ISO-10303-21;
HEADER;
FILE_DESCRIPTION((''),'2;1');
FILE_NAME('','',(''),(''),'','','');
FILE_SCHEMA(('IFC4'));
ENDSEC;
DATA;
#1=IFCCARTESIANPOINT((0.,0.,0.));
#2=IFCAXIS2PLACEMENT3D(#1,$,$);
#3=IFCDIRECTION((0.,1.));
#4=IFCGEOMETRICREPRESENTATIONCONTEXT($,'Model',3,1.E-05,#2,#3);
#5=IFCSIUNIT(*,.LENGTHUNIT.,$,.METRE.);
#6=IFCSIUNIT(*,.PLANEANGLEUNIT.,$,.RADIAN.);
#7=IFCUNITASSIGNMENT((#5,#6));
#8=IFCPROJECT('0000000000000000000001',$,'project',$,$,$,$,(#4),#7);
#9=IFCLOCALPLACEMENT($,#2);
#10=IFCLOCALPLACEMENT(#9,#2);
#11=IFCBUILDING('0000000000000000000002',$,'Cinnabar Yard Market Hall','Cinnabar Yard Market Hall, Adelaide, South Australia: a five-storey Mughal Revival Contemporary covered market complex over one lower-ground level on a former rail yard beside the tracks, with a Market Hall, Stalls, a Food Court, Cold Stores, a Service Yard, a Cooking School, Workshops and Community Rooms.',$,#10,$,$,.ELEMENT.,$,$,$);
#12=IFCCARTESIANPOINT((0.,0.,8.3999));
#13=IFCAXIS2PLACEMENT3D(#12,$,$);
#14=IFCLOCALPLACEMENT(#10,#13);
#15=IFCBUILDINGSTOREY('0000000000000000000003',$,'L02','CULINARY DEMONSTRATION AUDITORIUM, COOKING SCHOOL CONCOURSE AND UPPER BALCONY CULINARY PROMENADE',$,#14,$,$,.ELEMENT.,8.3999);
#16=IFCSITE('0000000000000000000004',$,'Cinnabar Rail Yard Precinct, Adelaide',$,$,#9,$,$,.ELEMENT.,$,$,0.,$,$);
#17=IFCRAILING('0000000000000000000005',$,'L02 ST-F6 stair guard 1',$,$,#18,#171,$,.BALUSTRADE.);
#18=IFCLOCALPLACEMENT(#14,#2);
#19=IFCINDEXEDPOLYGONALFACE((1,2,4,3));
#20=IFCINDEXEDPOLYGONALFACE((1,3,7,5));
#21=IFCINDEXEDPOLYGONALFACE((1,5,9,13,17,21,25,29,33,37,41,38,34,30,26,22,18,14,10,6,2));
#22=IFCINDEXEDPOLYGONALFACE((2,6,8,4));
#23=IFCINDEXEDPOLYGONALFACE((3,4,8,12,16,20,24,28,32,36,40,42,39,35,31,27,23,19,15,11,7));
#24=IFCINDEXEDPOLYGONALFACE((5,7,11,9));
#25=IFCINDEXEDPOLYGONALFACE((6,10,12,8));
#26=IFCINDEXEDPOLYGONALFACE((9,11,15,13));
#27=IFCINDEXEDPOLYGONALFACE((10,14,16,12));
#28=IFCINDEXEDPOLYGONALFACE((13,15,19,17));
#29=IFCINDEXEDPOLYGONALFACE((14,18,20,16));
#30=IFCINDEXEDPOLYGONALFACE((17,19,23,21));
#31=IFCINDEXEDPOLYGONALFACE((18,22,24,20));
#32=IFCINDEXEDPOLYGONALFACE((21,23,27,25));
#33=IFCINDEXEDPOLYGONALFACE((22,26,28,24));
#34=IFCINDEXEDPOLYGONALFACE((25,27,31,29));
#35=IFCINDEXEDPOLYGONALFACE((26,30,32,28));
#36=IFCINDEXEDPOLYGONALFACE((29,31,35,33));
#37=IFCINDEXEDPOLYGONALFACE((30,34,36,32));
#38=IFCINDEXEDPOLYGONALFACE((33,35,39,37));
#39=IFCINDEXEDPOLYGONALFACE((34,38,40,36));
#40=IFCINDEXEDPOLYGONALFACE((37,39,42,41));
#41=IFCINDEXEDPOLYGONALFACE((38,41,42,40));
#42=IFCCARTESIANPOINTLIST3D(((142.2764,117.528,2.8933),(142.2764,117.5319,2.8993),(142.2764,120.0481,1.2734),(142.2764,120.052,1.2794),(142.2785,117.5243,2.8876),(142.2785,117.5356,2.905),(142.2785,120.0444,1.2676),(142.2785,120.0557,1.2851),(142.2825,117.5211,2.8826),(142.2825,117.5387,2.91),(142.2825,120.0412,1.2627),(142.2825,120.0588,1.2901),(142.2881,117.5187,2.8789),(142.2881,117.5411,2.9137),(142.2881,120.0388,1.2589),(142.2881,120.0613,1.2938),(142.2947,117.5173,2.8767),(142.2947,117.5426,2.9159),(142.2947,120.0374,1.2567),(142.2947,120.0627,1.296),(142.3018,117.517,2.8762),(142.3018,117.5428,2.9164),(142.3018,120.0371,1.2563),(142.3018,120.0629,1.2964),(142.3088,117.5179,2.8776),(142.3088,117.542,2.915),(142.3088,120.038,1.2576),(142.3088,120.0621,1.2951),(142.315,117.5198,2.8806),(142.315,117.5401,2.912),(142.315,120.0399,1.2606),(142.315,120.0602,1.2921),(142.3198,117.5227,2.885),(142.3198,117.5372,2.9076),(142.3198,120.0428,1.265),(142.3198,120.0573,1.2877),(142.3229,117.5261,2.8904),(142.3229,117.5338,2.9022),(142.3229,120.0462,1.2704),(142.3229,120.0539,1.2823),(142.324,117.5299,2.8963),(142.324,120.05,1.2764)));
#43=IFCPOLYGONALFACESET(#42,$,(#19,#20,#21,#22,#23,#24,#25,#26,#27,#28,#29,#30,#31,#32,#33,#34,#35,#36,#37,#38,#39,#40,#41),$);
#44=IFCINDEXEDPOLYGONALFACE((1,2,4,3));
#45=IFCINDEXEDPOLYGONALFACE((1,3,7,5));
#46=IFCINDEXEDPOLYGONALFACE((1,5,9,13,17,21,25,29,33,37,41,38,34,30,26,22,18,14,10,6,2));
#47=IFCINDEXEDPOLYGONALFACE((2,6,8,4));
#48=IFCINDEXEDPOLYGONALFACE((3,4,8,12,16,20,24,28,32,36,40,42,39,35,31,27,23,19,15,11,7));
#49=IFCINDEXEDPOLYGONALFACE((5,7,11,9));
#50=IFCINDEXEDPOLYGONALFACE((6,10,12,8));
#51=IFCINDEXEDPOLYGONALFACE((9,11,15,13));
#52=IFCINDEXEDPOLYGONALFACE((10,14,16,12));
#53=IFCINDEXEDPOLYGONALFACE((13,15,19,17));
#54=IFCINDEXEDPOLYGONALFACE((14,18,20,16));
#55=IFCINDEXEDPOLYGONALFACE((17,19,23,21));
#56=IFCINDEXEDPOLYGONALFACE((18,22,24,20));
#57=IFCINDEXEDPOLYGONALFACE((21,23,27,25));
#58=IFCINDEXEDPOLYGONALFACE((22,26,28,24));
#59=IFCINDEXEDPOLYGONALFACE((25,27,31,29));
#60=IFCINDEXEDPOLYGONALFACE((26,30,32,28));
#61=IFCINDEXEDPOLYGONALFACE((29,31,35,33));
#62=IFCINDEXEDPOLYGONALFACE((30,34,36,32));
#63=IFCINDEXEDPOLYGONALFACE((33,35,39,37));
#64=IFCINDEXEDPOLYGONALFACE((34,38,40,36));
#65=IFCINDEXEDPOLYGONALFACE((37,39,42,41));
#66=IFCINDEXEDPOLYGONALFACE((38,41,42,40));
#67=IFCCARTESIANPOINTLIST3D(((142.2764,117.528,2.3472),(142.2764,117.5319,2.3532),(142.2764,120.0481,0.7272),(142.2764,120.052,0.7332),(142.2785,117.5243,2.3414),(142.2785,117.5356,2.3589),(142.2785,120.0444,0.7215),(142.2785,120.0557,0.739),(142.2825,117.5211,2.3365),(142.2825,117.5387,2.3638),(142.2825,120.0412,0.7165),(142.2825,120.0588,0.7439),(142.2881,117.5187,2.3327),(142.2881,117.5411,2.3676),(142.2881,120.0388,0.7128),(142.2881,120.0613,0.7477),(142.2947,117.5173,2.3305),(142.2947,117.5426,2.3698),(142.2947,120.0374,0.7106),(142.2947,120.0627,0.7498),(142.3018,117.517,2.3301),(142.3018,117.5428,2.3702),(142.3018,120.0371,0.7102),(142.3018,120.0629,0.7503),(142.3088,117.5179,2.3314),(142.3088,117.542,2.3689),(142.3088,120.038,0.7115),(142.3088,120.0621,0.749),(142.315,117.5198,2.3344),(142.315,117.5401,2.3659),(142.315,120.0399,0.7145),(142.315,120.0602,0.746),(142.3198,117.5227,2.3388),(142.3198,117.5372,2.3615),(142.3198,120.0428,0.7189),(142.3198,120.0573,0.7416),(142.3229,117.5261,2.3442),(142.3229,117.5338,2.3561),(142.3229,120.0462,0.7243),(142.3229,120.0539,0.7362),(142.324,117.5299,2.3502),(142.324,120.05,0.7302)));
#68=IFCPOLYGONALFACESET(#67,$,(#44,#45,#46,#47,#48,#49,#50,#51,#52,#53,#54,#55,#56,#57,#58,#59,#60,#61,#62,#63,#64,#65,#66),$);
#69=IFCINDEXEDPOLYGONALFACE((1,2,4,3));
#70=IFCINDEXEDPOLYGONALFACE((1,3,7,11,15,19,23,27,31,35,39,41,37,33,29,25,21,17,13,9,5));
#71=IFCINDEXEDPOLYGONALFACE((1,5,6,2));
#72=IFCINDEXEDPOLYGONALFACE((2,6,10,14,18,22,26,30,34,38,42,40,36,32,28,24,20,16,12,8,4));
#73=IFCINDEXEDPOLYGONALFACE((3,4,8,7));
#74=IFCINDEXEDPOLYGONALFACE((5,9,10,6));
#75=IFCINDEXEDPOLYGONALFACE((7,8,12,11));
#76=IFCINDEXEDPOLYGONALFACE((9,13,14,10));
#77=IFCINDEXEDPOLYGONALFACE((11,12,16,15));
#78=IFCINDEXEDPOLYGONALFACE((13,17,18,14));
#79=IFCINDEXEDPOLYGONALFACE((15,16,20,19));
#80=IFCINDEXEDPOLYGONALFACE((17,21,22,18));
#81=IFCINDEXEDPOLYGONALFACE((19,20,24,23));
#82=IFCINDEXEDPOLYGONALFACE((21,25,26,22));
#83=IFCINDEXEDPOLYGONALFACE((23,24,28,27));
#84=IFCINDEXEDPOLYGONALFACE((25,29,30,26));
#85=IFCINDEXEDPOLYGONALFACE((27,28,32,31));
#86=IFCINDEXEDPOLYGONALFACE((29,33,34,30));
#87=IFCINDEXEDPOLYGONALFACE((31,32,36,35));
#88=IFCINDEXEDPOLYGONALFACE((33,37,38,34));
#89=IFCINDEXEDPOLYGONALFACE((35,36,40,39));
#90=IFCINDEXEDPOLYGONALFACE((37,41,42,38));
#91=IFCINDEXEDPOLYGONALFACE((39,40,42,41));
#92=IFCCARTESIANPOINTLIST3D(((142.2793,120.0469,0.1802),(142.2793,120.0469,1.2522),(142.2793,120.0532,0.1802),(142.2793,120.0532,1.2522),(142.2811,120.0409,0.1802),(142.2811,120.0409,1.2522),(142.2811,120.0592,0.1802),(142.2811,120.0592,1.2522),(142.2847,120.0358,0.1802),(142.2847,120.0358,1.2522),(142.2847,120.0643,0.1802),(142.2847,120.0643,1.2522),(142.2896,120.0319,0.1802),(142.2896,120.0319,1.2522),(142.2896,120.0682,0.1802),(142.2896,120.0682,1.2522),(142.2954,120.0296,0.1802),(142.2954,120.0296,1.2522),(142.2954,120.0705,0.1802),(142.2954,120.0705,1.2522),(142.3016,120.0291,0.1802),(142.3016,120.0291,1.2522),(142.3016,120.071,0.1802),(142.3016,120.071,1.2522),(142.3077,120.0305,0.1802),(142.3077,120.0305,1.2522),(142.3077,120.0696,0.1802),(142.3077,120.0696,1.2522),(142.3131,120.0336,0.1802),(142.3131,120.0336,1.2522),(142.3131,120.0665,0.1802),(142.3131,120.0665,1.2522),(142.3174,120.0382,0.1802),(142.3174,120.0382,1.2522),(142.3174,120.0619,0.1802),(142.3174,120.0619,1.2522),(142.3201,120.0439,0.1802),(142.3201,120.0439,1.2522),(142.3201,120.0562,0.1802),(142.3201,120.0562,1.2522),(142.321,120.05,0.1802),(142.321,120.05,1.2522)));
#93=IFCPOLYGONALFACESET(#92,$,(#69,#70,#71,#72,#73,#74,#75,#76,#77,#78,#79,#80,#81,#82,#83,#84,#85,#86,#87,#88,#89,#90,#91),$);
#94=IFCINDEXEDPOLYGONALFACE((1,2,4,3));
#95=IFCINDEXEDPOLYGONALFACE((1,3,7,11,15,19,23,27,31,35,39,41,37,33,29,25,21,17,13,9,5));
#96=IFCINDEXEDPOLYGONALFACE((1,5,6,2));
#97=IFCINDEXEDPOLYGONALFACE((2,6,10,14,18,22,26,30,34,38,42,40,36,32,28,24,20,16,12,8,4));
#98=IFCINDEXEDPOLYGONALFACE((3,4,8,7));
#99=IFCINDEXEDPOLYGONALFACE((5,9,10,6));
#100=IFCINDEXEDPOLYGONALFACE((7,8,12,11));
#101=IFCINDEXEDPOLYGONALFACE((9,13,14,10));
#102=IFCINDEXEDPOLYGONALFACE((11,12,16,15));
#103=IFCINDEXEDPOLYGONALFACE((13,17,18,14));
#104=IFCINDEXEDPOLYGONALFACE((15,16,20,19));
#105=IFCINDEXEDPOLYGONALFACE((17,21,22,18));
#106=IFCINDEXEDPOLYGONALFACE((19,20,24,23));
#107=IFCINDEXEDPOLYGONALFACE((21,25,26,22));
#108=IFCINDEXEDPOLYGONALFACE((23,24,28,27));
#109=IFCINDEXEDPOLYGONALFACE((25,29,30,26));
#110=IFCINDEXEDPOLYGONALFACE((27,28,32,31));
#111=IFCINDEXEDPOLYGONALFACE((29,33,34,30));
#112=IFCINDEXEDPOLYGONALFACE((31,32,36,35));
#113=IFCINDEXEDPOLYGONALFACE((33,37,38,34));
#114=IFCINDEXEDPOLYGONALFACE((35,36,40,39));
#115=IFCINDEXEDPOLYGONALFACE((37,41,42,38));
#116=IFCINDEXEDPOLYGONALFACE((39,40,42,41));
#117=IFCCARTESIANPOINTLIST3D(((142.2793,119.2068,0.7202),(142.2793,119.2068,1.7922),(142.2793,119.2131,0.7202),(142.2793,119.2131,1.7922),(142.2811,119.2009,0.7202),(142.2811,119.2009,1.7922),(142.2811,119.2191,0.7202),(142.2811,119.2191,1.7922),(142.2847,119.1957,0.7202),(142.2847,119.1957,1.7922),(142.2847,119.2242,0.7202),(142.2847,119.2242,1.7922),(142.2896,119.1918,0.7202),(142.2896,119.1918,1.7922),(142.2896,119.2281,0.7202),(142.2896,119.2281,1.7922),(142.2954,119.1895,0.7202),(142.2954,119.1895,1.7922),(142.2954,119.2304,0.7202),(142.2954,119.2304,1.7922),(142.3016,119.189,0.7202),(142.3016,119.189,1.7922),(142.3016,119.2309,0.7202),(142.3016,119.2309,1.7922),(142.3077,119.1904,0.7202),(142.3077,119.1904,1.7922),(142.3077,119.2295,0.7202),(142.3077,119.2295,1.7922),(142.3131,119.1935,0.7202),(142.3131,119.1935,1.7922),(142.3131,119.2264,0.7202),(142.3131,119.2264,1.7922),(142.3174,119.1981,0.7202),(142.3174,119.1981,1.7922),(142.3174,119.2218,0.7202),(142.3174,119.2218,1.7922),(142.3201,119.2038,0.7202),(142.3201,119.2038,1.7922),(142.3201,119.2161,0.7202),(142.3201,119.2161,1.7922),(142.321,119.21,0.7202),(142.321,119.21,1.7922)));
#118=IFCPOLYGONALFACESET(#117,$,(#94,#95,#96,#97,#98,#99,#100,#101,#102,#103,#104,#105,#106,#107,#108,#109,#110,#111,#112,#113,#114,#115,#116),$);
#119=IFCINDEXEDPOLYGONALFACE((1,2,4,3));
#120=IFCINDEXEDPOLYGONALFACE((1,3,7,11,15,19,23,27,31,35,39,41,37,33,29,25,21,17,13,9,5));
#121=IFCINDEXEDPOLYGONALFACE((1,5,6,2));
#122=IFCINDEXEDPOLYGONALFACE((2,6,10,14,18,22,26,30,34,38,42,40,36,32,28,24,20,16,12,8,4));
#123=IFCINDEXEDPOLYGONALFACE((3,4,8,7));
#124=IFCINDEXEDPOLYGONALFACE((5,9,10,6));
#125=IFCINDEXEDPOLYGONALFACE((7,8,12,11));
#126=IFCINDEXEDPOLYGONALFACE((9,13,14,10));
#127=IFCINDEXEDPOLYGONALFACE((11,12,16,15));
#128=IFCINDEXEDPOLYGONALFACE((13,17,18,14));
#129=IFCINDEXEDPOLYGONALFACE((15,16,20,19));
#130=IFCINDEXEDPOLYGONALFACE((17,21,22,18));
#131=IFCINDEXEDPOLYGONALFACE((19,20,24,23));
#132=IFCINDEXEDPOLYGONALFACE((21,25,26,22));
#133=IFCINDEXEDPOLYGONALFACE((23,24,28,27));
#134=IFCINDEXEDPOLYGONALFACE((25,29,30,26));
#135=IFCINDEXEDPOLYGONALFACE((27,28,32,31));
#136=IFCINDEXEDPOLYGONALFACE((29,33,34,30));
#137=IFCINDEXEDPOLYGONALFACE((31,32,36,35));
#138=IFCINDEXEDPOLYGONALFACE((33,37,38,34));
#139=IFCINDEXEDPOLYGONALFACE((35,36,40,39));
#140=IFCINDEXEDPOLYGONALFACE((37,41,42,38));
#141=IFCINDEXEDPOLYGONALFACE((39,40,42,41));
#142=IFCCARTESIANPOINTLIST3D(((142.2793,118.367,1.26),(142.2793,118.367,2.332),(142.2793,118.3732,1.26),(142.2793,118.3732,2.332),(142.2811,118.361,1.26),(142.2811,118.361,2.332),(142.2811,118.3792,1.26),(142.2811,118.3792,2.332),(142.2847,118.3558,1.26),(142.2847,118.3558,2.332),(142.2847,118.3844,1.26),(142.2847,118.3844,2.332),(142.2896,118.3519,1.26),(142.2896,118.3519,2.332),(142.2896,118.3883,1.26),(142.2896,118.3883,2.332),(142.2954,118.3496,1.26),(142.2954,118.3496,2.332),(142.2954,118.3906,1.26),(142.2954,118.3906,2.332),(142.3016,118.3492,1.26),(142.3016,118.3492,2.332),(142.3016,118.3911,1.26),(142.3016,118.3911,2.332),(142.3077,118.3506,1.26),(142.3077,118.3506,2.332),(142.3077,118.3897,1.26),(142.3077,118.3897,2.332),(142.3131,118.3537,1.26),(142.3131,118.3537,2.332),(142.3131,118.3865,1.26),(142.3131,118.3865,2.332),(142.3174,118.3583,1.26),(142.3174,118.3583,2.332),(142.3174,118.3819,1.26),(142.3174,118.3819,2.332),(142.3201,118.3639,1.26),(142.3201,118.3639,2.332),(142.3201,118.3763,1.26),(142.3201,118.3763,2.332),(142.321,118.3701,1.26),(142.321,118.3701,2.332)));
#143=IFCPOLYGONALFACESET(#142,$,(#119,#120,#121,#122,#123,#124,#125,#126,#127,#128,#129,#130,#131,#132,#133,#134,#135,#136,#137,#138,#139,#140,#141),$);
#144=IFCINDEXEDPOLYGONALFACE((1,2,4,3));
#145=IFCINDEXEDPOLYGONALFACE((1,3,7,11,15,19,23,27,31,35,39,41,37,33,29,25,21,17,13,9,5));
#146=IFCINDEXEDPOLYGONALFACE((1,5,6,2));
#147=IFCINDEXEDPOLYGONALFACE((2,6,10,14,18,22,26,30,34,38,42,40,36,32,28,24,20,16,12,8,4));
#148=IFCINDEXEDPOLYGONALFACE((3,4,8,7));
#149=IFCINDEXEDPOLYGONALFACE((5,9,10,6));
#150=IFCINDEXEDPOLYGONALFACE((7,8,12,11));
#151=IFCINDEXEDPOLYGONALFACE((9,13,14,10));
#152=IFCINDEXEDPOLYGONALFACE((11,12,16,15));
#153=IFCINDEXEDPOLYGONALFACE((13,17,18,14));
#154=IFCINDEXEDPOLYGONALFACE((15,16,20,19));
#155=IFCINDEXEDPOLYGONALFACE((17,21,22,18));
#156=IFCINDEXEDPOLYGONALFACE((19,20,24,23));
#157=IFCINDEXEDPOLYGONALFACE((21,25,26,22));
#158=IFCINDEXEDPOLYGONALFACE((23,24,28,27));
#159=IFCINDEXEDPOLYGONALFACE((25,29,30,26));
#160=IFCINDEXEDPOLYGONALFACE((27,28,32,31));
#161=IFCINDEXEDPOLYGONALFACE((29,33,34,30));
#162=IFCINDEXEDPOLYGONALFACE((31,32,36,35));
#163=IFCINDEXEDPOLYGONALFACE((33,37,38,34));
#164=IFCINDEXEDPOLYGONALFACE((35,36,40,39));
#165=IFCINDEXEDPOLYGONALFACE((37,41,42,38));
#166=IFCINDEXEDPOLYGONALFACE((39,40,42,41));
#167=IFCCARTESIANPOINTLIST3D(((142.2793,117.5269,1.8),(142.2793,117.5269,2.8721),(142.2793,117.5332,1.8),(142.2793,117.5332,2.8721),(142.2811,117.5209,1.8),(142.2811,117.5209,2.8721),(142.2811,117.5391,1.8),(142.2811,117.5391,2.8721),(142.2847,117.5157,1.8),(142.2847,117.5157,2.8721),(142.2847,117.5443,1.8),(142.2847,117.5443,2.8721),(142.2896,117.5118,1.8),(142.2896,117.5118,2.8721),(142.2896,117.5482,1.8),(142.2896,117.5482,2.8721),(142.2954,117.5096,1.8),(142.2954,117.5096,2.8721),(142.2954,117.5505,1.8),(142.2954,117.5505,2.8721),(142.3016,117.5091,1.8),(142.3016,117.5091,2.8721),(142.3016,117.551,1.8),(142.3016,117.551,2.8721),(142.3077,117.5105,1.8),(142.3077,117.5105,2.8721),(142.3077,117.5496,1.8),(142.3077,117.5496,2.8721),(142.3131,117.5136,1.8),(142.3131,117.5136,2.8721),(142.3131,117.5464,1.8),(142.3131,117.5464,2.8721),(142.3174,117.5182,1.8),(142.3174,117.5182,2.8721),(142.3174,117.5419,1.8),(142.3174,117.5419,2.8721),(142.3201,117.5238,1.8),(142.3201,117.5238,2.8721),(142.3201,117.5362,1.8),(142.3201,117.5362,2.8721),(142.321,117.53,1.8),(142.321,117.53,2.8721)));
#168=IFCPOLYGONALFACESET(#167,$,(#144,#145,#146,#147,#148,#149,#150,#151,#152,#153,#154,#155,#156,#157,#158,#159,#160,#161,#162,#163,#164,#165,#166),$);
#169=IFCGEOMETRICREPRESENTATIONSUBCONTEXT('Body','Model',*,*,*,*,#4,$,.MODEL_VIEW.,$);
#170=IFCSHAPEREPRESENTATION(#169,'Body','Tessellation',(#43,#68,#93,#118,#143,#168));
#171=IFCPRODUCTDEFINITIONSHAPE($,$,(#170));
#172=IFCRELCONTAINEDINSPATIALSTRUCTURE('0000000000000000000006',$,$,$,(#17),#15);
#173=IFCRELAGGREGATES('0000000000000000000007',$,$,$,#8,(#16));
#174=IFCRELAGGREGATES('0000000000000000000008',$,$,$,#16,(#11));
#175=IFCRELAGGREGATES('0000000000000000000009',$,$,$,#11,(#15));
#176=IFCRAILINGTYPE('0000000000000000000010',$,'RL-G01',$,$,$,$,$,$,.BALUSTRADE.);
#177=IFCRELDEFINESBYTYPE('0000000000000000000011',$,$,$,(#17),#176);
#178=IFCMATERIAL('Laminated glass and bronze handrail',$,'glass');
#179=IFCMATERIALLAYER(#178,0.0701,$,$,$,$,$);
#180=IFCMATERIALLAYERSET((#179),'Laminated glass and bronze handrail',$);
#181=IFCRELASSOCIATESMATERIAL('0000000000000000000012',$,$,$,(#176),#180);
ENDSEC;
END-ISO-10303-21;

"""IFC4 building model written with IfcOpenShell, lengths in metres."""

from ifc_helpers import new_model, si_unit, direction, frame, origin, origin_2d_with_axis, place, context, subcontext, project, spatial, circle, extrude, material, layer, layer_set, type_object, element, save


model = new_model("IFC4")

# Units and contexts
model_context = context("Model", 3, precision=1e-05, world=origin(), true_north=direction((0.0, 1.0)))
body_context = subcontext(model_context, "Body", "Model", "MODEL_VIEW")
ifc_project = project(units=[si_unit("LENGTHUNIT", "METRE"), si_unit("PLANEANGLEUNIT", "RADIAN")], contexts=[model_context])

# Site, building, storey
site_placement = place(None, origin())
site = spatial("IfcSite", under=ifc_project, at=site_placement, Name="Cinnabar Rail Yard Precinct, Adelaide", CompositionType="ELEMENT", RefElevation=0.0)
building_placement = place(site_placement, origin())
building = spatial("IfcBuilding", under=site, at=building_placement, Name="Cinnabar Yard Market Hall", Description="Cinnabar Yard Market Hall, Adelaide, South Australia: a five-storey Mughal Revival Contemporary covered market complex over one lower-ground level on a former rail yard beside the tracks, with a Market Hall, Stalls, a Food Court, Cold Stores, a Service Yard, a Cooking School, Workshops and Community Rooms.", CompositionType="ELEMENT")
storey_placement = place(building_placement, frame((0.0, 0.0, 8.3999)))
storey = spatial("IfcBuildingStorey", under=building, at=storey_placement, Name="L02", Description="CULINARY DEMONSTRATION AUDITORIUM, COOKING SCHOOL CONCOURSE AND UPPER BALCONY CULINARY PROMENADE", CompositionType="ELEMENT", Elevation=8.3999)

# Railing
ifc_material_1 = material(Name="Laminated glass and bronze handrail", Category="glass")
ifc_layer_1 = layer(ifc_material_1, 0.0701)
ifc_layer_set_1 = layer_set([ifc_layer_1], Name="Laminated glass and bronze handrail")
railing_type_1 = type_object("IfcRailingType", Name="RL-G01", PredefinedType="BALUSTRADE", material=ifc_layer_set_1)
railing_1_placement = place(storey_placement, frame((142.3, 120.05, 0.1802)))
element("IfcRailing", 1, at=railing_1_placement, inside=storey, type_object=railing_type_1, Name="L02 ST-F6 stair guard 1", PredefinedType="BALUSTRADE", context=body_context, shape_type="SweptSolid", body=[
    extrude(circle(Radius=0.0239, at=origin_2d_with_axis()), frame((0.0, 0.0, 1.0962), z_axis=(0.0, -0.8412, 0.540725), x_axis=(1.0, 0.0, 0.0)), (0.0, 0.0, 1.0), 2.9958),
    extrude(circle(Radius=0.0239, at=origin_2d_with_axis()), frame((0.0, 0.0, 0.55), z_axis=(0.0, -0.8412, 0.540725), x_axis=(1.0, 0.0, 0.0)), (0.0, 0.0, 1.0), 2.9958),
    extrude(circle(Radius=0.021, at=origin_2d_with_axis()), origin(), (0.0, 0.0, 1.0), 1.072),
    extrude(circle(Radius=0.021, at=origin_2d_with_axis()), frame((0.0, -0.8401, 0.54)), (0.0, 0.0, 1.0), 1.072),
    extrude(circle(Radius=0.021, at=origin_2d_with_axis()), frame((0.0, -1.6799, 1.0798)), (0.0, 0.0, 1.0), 1.072),
    extrude(circle(Radius=0.021, at=origin_2d_with_axis()), frame((0.0, -2.52, 1.6199)), (0.0, 0.0, 1.0), 1.072),
])

save(model, "model.ifc")
